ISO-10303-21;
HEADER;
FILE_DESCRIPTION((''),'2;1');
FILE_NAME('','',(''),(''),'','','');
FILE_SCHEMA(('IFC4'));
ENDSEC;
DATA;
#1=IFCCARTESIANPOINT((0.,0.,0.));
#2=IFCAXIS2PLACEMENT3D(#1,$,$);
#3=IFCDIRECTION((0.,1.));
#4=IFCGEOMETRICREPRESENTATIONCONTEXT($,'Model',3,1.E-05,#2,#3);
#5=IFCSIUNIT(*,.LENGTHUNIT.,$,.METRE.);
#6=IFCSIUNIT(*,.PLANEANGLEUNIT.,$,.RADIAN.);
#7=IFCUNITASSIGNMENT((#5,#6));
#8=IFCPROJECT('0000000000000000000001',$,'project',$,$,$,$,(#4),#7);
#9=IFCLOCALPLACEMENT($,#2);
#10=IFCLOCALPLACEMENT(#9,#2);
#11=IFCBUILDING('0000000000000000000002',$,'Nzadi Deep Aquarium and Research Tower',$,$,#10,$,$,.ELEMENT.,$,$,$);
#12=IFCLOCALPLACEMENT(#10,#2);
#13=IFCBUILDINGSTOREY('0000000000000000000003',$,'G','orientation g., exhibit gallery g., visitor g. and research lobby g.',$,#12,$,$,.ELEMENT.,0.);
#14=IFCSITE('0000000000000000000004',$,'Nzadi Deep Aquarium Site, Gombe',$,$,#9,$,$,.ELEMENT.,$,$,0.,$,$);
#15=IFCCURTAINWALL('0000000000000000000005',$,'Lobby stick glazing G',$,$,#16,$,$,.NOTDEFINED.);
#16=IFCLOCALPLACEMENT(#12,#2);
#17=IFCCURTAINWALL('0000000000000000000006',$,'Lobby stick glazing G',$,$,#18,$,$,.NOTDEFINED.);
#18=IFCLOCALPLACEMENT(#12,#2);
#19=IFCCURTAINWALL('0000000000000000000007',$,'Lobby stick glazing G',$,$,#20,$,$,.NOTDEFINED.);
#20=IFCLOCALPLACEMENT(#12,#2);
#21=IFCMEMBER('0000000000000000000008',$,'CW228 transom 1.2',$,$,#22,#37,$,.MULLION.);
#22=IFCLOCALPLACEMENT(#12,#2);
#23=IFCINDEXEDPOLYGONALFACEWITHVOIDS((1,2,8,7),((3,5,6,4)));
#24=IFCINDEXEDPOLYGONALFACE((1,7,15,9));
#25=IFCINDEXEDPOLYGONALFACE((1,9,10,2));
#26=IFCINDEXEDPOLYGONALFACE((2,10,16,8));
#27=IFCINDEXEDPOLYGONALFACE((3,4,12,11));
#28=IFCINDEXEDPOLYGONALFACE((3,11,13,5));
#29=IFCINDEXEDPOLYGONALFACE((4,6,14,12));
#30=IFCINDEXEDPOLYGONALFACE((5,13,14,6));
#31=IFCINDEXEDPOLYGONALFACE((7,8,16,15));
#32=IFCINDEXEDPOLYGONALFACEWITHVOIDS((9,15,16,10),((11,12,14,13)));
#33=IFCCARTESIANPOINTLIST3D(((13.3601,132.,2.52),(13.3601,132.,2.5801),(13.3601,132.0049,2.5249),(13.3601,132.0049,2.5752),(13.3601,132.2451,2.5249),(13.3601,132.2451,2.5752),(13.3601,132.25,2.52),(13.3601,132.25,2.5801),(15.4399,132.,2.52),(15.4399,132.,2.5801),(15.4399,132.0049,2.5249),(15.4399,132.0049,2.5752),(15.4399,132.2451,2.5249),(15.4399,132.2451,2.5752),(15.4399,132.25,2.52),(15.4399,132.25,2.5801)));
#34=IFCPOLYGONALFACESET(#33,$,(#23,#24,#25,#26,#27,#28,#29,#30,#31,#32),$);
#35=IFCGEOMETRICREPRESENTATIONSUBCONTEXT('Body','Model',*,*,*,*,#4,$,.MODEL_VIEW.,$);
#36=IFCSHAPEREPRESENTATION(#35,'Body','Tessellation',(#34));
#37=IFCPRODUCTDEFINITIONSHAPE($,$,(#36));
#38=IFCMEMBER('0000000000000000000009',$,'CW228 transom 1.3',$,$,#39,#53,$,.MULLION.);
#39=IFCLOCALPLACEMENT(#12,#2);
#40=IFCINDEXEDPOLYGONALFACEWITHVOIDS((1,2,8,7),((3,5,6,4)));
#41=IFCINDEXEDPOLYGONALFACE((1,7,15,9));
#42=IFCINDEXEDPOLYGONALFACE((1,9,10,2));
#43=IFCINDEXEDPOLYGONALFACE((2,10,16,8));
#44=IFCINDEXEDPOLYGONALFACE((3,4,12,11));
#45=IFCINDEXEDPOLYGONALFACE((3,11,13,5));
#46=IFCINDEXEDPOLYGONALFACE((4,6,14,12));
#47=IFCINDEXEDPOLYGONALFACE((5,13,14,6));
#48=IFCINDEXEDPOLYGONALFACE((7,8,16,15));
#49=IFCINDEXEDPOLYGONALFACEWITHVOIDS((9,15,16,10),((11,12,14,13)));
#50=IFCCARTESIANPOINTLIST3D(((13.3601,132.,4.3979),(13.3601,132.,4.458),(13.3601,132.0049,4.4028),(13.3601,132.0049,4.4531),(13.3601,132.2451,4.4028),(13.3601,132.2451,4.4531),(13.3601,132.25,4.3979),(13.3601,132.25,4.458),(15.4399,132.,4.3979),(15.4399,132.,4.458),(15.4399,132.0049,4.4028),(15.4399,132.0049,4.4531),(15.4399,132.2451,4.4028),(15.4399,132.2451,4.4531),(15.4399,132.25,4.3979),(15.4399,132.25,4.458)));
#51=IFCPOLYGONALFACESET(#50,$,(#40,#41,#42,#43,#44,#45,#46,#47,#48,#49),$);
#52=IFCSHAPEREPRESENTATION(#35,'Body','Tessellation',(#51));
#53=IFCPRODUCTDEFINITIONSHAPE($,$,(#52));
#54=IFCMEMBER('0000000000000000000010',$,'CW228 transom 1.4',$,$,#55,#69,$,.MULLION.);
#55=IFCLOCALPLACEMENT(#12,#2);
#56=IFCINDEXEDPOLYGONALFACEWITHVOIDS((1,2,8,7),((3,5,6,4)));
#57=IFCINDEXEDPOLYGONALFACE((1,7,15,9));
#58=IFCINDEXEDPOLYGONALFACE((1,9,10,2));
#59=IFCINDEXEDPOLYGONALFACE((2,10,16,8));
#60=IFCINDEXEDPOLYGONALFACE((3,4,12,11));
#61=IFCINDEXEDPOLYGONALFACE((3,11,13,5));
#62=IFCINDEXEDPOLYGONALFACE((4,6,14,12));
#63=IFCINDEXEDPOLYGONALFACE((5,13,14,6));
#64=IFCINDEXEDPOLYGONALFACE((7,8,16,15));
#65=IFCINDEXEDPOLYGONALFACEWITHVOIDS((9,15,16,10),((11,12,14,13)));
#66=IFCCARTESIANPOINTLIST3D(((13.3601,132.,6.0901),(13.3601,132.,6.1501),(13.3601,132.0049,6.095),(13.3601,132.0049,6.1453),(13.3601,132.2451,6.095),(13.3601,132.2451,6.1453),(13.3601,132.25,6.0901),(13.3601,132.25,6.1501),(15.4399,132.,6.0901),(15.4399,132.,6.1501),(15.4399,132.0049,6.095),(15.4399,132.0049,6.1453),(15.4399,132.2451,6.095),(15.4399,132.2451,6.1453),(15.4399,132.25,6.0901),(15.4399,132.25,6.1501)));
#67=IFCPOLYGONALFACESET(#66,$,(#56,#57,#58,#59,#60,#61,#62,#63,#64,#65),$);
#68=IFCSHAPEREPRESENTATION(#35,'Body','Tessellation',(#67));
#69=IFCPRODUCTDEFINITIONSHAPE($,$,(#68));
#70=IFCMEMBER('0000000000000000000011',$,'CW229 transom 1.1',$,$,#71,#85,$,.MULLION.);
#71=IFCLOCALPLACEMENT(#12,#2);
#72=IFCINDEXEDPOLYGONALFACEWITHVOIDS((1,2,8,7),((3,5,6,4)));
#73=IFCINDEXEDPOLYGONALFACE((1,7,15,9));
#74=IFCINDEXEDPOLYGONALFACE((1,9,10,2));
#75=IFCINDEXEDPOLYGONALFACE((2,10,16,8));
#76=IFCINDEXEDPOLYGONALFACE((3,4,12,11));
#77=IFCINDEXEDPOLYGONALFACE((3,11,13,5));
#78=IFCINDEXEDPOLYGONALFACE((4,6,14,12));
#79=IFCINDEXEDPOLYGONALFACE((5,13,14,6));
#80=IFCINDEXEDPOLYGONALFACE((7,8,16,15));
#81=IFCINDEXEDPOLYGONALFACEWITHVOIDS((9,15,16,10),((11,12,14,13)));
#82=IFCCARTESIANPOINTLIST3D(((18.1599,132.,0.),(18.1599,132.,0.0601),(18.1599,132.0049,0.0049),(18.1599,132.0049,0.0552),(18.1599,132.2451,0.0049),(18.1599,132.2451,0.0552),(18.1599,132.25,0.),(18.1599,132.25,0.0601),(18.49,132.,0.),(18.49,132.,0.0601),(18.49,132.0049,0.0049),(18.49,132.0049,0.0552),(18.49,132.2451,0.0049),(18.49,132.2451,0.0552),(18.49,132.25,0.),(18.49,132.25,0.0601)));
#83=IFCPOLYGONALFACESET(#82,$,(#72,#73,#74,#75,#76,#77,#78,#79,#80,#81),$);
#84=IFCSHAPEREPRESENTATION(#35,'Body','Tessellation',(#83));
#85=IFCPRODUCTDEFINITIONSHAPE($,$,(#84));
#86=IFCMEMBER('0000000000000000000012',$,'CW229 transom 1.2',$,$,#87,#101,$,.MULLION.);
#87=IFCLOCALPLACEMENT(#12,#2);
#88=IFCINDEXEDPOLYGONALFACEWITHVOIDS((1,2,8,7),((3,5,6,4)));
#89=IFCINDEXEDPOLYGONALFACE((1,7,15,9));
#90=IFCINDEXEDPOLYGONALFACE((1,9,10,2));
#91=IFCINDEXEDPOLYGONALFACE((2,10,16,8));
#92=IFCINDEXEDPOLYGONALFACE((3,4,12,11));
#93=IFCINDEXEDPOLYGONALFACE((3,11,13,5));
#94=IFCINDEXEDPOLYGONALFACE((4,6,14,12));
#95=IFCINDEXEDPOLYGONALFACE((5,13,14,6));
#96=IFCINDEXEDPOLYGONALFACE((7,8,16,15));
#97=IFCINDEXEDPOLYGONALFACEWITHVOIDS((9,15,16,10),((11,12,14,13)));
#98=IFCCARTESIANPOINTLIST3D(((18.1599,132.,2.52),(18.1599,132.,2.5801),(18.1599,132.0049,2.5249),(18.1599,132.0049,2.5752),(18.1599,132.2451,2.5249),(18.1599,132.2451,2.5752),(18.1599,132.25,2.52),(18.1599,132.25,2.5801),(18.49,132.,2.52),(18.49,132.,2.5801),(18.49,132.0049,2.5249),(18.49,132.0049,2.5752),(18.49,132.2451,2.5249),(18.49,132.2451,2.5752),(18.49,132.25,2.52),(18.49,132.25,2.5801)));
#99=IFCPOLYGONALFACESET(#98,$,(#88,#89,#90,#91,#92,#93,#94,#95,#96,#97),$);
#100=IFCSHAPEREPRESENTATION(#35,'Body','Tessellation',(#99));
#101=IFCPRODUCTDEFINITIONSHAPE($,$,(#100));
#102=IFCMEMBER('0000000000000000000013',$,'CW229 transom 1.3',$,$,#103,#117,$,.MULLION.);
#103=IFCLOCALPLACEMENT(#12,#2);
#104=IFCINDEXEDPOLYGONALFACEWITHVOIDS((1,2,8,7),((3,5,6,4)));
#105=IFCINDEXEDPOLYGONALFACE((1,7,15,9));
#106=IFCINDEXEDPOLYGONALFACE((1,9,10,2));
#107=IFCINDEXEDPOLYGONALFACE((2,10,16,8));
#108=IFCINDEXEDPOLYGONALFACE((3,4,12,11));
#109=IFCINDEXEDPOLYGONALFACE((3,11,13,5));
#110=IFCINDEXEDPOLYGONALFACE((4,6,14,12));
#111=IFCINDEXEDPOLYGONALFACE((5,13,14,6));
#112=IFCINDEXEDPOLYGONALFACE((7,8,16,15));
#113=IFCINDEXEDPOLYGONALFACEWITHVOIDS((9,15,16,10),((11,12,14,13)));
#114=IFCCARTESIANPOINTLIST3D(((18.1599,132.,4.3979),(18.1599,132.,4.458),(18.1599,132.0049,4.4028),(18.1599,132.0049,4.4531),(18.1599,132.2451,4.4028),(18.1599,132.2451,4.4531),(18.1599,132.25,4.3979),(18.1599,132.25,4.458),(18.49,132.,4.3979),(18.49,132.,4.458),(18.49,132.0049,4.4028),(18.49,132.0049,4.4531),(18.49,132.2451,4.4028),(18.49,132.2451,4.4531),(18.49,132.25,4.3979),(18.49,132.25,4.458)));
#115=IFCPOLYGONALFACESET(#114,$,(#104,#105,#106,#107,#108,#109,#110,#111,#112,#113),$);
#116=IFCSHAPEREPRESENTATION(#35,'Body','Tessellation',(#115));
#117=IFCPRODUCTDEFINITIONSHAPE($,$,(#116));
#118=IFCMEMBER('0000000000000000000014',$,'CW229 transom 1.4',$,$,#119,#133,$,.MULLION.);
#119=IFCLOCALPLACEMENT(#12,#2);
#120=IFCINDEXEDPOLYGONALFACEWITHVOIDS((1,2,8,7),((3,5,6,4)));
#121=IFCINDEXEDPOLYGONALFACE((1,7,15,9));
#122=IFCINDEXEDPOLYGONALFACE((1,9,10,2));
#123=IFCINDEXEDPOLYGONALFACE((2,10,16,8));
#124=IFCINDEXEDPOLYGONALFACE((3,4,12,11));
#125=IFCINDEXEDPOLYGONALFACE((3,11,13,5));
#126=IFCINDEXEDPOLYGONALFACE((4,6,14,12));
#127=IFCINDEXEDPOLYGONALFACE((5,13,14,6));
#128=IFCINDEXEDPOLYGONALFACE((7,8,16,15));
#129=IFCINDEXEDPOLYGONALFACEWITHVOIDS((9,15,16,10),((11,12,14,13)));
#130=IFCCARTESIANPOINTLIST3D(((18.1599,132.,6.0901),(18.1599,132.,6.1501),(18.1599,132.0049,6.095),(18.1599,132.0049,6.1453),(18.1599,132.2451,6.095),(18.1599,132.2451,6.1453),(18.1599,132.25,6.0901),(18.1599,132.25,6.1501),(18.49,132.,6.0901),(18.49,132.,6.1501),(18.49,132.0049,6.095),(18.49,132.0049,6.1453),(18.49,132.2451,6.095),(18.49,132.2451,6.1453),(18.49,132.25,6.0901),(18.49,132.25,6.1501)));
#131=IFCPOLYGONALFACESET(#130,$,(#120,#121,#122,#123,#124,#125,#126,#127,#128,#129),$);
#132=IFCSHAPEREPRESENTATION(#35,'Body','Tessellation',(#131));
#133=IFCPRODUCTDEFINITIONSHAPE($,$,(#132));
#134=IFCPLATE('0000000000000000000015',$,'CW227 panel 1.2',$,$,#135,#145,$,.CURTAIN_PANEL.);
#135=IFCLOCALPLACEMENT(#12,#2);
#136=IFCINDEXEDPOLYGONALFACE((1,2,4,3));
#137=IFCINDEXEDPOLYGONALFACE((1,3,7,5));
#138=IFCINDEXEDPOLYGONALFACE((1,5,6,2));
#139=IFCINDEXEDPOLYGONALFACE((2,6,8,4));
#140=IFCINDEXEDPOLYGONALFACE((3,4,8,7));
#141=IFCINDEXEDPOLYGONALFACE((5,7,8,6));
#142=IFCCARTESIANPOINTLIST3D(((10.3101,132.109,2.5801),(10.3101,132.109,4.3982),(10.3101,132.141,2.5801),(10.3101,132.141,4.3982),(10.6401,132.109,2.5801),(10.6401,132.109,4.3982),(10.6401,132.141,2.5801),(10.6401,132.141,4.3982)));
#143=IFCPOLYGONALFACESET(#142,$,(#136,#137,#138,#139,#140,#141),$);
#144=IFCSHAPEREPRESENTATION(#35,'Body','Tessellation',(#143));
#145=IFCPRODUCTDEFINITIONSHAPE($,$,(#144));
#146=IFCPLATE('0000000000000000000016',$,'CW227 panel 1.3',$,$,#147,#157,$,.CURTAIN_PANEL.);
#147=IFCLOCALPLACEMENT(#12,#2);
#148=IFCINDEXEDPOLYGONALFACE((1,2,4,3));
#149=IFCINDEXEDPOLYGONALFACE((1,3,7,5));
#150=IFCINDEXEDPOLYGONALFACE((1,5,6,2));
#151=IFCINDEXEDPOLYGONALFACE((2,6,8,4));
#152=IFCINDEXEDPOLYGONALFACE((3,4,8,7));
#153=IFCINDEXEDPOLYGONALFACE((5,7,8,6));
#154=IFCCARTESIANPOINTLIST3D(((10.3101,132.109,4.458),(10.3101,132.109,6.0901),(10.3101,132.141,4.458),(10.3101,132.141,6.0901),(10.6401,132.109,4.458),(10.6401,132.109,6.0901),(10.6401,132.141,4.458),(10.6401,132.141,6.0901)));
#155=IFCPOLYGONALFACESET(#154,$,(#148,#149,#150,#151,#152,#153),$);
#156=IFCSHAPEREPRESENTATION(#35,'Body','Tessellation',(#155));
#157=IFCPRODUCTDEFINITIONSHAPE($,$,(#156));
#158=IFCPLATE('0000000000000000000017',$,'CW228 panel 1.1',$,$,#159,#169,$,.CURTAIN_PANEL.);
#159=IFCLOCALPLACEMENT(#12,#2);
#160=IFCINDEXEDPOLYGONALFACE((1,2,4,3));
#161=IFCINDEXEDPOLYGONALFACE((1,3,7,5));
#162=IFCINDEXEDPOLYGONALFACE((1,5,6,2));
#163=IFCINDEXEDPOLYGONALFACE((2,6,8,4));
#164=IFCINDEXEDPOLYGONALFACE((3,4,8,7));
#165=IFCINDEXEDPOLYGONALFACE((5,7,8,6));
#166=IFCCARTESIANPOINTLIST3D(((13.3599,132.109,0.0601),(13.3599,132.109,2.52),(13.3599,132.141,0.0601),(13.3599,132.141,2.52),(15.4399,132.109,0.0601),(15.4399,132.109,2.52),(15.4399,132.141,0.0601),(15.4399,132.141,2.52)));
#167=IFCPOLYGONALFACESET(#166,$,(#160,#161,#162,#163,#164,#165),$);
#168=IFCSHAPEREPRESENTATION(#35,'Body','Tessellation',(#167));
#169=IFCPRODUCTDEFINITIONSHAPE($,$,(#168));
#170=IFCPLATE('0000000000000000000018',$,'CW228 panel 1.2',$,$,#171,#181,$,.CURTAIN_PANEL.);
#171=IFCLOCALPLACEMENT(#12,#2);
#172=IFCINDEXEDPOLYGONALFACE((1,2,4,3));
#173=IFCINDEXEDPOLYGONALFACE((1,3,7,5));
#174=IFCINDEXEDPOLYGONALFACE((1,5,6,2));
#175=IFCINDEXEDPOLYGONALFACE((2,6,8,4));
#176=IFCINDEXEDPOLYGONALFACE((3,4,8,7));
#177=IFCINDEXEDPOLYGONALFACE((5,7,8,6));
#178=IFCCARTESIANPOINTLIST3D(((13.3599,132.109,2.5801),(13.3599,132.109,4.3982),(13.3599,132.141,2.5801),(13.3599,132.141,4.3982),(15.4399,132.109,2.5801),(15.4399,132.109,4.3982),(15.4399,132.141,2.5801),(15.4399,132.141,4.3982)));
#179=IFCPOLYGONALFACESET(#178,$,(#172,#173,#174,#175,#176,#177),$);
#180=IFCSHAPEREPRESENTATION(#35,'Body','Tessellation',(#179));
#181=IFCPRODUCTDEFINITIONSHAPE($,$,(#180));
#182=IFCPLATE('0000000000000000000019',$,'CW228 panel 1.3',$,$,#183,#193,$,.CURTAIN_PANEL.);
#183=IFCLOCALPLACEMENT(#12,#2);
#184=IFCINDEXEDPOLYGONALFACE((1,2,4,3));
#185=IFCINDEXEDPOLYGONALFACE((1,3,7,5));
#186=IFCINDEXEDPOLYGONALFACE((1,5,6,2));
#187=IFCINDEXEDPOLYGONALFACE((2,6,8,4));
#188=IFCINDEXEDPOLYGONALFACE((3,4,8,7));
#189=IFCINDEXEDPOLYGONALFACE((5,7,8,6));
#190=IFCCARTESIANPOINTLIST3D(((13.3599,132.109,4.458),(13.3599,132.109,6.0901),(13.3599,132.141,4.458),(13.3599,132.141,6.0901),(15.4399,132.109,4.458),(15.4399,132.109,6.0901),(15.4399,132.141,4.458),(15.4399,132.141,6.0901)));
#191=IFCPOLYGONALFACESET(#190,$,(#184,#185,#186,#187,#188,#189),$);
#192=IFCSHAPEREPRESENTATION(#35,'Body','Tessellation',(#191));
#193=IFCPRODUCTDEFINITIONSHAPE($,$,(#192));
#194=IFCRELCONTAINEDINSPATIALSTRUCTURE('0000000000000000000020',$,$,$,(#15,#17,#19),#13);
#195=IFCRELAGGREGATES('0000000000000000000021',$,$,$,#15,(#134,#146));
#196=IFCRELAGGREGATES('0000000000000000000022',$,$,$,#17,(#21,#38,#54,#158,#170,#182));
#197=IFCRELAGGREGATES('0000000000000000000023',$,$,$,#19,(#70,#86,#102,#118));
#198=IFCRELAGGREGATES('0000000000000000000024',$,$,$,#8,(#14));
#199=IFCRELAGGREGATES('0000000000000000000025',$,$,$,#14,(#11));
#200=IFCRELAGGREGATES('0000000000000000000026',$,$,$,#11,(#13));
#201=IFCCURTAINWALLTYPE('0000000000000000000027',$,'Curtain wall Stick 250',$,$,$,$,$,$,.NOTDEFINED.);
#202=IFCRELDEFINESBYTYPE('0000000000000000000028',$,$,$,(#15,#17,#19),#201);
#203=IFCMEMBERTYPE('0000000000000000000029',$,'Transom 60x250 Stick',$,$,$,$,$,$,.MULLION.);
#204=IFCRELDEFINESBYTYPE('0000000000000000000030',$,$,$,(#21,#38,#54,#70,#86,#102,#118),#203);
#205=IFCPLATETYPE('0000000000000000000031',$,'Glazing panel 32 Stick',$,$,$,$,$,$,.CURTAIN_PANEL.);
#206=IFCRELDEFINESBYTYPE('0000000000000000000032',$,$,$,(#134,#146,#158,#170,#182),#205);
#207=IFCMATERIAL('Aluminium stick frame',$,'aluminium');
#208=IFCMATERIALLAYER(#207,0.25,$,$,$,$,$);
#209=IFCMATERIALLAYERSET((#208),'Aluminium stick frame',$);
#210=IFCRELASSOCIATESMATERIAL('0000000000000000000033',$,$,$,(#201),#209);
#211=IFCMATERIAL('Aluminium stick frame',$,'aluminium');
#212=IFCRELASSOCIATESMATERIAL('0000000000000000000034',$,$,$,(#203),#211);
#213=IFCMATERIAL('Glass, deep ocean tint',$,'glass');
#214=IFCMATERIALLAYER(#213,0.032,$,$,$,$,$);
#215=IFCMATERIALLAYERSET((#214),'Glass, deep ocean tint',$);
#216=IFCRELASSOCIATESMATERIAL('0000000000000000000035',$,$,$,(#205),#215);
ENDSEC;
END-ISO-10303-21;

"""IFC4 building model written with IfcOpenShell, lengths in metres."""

from ifc_helpers import new_model, si_unit, direction, frame, origin, origin_2d, place, context, subcontext, project, spatial, rectangle, hollow_rectangle, extrude, material, layer, layer_set, material_profile, profile_set, type_object, element, aggregate, save


model = new_model("IFC4")

# Units and contexts
model_context = context("Model", 3, precision=1e-05, world=origin(), true_north=direction((0.0, 1.0)))
body_context = subcontext(model_context, "Body", "Model", "MODEL_VIEW")
ifc_project = project(units=[si_unit("LENGTHUNIT", "METRE"), si_unit("PLANEANGLEUNIT", "RADIAN")], contexts=[model_context])

# Site, building, storey
site_placement = place(None, origin())
site = spatial("IfcSite", under=ifc_project, at=site_placement, Name="Nzadi Deep Aquarium Site, Gombe", CompositionType="ELEMENT", RefElevation=0.0)
building_placement = place(site_placement, origin())
building = spatial("IfcBuilding", under=site, at=building_placement, Name="Nzadi Deep Aquarium and Research Tower", CompositionType="ELEMENT")
storey_placement = place(building_placement, origin())
storey = spatial("IfcBuildingStorey", under=building, at=storey_placement, Name="G", Description="orientation g., exhibit gallery g., visitor g. and research lobby g.", CompositionType="ELEMENT", Elevation=0.0)

# Curtain wall
ifc_material_1 = material(Name="Aluminium stick frame", Category="aluminium")
ifc_layer_1 = layer(ifc_material_1, 0.25)
ifc_layer_set_1 = layer_set([ifc_layer_1], Name="Aluminium stick frame")
curtain_wall_type = type_object("IfcCurtainWallType", Name="Curtain wall Stick 250", PredefinedType="NOTDEFINED", material=ifc_layer_set_1)
curtain_wall_1_placement = place(storey_placement, origin())
curtain_wall_1 = element("IfcCurtainWall", 1, at=curtain_wall_1_placement, inside=storey, type_object=curtain_wall_type, Name="Lobby stick glazing G", PredefinedType="NOTDEFINED")

# Curtain walls
curtain_wall_2_placement = place(storey_placement, origin())
curtain_wall_2 = element("IfcCurtainWall", 2, at=curtain_wall_2_placement, inside=storey, type_object=curtain_wall_type, Name="Lobby stick glazing G", PredefinedType="NOTDEFINED")
curtain_wall_3_placement = place(storey_placement, origin())
curtain_wall_3 = element("IfcCurtainWall", 3, at=curtain_wall_3_placement, inside=storey, type_object=curtain_wall_type, Name="Lobby stick glazing G", PredefinedType="NOTDEFINED")

# Members
ifc_material_2 = material(Name="Aluminium stick frame", Category="aluminium")
ifc_material_profile_1 = material_profile(ifc_material_2, hollow_rectangle(XDim=0.25, YDim=0.0601, WallThickness=0.0049, at=origin_2d()))
ifc_profile_set_1 = profile_set([ifc_material_profile_1], Name="Aluminium stick frame")
member_type_1 = type_object("IfcMemberType", Name="Transom 60x250 Stick", PredefinedType="MULLION", material=ifc_profile_set_1)
member_1_placement = place(storey_placement, frame((13.3601, 132.125, 2.55), z_axis=(1.0, 0.0, 0.0), x_axis=(0.0, 1.0, 0.0)))
member_1 = element("IfcMember", 4, at=member_1_placement, type_object=member_type_1, Name="CW228 transom 1.2", PredefinedType="MULLION", context=body_context, shape_type="SweptSolid", body=[
    extrude(hollow_rectangle(XDim=0.25, YDim=0.0601, WallThickness=0.0049, at=origin_2d()), origin(), (0.0, 0.0, 1.0), 2.0798),
])
member_2_placement = place(storey_placement, frame((13.3601, 132.125, 4.428), z_axis=(1.0, 0.0, 0.0), x_axis=(0.0, 1.0, 0.0)))
member_2 = element("IfcMember", 5, at=member_2_placement, type_object=member_type_1, Name="CW228 transom 1.3", PredefinedType="MULLION", context=body_context, shape_type="SweptSolid", body=[
    extrude(hollow_rectangle(XDim=0.25, YDim=0.0601, WallThickness=0.0049, at=origin_2d()), origin(), (0.0, 0.0, 1.0), 2.0798),
])
member_3_placement = place(storey_placement, frame((13.3601, 132.125, 6.1201), z_axis=(1.0, 0.0, 0.0), x_axis=(0.0, 1.0, 0.0)))
member_3 = element("IfcMember", 6, at=member_3_placement, type_object=member_type_1, Name="CW228 transom 1.4", PredefinedType="MULLION", context=body_context, shape_type="SweptSolid", body=[
    extrude(hollow_rectangle(XDim=0.25, YDim=0.0601, WallThickness=0.0049, at=origin_2d()), origin(), (0.0, 0.0, 1.0), 2.0798),
])
member_4_placement = place(storey_placement, frame((18.1599, 132.125, 0.03), z_axis=(1.0, 0.0, 0.0), x_axis=(0.0, 1.0, 0.0)))
member_4 = element("IfcMember", 7, at=member_4_placement, type_object=member_type_1, Name="CW229 transom 1.1", PredefinedType="MULLION", context=body_context, shape_type="SweptSolid", body=[
    extrude(hollow_rectangle(XDim=0.25, YDim=0.0601, WallThickness=0.0049, at=origin_2d()), origin(), (0.0, 0.0, 1.0), 0.3301),
])
member_5_placement = place(storey_placement, frame((18.1599, 132.125, 2.55), z_axis=(1.0, 0.0, 0.0), x_axis=(0.0, 1.0, 0.0)))
member_5 = element("IfcMember", 8, at=member_5_placement, type_object=member_type_1, Name="CW229 transom 1.2", PredefinedType="MULLION", context=body_context, shape_type="SweptSolid", body=[
    extrude(hollow_rectangle(XDim=0.25, YDim=0.0601, WallThickness=0.0049, at=origin_2d()), origin(), (0.0, 0.0, 1.0), 0.3301),
])
member_6_placement = place(storey_placement, frame((18.1599, 132.125, 4.428), z_axis=(1.0, 0.0, 0.0), x_axis=(0.0, 1.0, 0.0)))
member_6 = element("IfcMember", 9, at=member_6_placement, type_object=member_type_1, Name="CW229 transom 1.3", PredefinedType="MULLION", context=body_context, shape_type="SweptSolid", body=[
    extrude(hollow_rectangle(XDim=0.25, YDim=0.0601, WallThickness=0.0049, at=origin_2d()), origin(), (0.0, 0.0, 1.0), 0.3301),
])
member_7_placement = place(storey_placement, frame((18.1599, 132.125, 6.1201), z_axis=(1.0, 0.0, 0.0), x_axis=(0.0, 1.0, 0.0)))
member_7 = element("IfcMember", 10, at=member_7_placement, type_object=member_type_1, Name="CW229 transom 1.4", PredefinedType="MULLION", context=body_context, shape_type="SweptSolid", body=[
    extrude(hollow_rectangle(XDim=0.25, YDim=0.0601, WallThickness=0.0049, at=origin_2d()), origin(), (0.0, 0.0, 1.0), 0.3301),
])

# Plates
ifc_material_3 = material(Name="Glass, deep ocean tint", Category="glass")
ifc_layer_2 = layer(ifc_material_3, 0.032)
ifc_layer_set_2 = layer_set([ifc_layer_2], Name="Glass, deep ocean tint")
plate_type = type_object("IfcPlateType", Name="Glazing panel 32 Stick", PredefinedType="CURTAIN_PANEL", material=ifc_layer_set_2)
plate_1_placement = place(storey_placement, frame((10.4751, 132.125, 2.5801), z_axis=(0.0, 0.0, 1.0), x_axis=(1.0, 0.0, 0.0)))
plate_1 = element("IfcPlate", 11, at=plate_1_placement, type_object=plate_type, Name="CW227 panel 1.2", PredefinedType="CURTAIN_PANEL", context=body_context, shape_type="SweptSolid", body=[
    extrude(rectangle(XDim=0.3301, YDim=0.032, at=origin_2d()), origin(), (0.0, 0.0, 1.0), 1.8181),
])
plate_2_placement = place(storey_placement, frame((10.4751, 132.125, 4.458), z_axis=(0.0, 0.0, 1.0), x_axis=(1.0, 0.0, 0.0)))
plate_2 = element("IfcPlate", 12, at=plate_2_placement, type_object=plate_type, Name="CW227 panel 1.3", PredefinedType="CURTAIN_PANEL", context=body_context, shape_type="SweptSolid", body=[
    extrude(rectangle(XDim=0.3301, YDim=0.032, at=origin_2d()), origin(), (0.0, 0.0, 1.0), 1.6321),
])
aggregate(curtain_wall_1, [plate_1, plate_2])
plate_3_placement = place(storey_placement, frame((14.3999, 132.125, 0.0601), z_axis=(0.0, 0.0, 1.0), x_axis=(1.0, 0.0, 0.0)))
plate_3 = element("IfcPlate", 13, at=plate_3_placement, type_object=plate_type, Name="CW228 panel 1.1", PredefinedType="CURTAIN_PANEL", context=body_context, shape_type="SweptSolid", body=[
    extrude(rectangle(XDim=2.0801, YDim=0.032, at=origin_2d()), origin(), (0.0, 0.0, 1.0), 2.46),
])
plate_4_placement = place(storey_placement, frame((14.3999, 132.125, 2.5801), z_axis=(0.0, 0.0, 1.0), x_axis=(1.0, 0.0, 0.0)))
plate_4 = element("IfcPlate", 14, at=plate_4_placement, type_object=plate_type, Name="CW228 panel 1.2", PredefinedType="CURTAIN_PANEL", context=body_context, shape_type="SweptSolid", body=[
    extrude(rectangle(XDim=2.0801, YDim=0.032, at=origin_2d()), origin(), (0.0, 0.0, 1.0), 1.8181),
])
plate_5_placement = place(storey_placement, frame((14.3999, 132.125, 4.458), z_axis=(0.0, 0.0, 1.0), x_axis=(1.0, 0.0, 0.0)))
plate_5 = element("IfcPlate", 15, at=plate_5_placement, type_object=plate_type, Name="CW228 panel 1.3", PredefinedType="CURTAIN_PANEL", context=body_context, shape_type="SweptSolid", body=[
    extrude(rectangle(XDim=2.0801, YDim=0.032, at=origin_2d()), origin(), (0.0, 0.0, 1.0), 1.6321),
])
aggregate(curtain_wall_2, [member_1, member_2, member_3, plate_3, plate_4, plate_5])
aggregate(curtain_wall_3, [member_4, member_5, member_6, member_7])

save(model, "model.ifc")
